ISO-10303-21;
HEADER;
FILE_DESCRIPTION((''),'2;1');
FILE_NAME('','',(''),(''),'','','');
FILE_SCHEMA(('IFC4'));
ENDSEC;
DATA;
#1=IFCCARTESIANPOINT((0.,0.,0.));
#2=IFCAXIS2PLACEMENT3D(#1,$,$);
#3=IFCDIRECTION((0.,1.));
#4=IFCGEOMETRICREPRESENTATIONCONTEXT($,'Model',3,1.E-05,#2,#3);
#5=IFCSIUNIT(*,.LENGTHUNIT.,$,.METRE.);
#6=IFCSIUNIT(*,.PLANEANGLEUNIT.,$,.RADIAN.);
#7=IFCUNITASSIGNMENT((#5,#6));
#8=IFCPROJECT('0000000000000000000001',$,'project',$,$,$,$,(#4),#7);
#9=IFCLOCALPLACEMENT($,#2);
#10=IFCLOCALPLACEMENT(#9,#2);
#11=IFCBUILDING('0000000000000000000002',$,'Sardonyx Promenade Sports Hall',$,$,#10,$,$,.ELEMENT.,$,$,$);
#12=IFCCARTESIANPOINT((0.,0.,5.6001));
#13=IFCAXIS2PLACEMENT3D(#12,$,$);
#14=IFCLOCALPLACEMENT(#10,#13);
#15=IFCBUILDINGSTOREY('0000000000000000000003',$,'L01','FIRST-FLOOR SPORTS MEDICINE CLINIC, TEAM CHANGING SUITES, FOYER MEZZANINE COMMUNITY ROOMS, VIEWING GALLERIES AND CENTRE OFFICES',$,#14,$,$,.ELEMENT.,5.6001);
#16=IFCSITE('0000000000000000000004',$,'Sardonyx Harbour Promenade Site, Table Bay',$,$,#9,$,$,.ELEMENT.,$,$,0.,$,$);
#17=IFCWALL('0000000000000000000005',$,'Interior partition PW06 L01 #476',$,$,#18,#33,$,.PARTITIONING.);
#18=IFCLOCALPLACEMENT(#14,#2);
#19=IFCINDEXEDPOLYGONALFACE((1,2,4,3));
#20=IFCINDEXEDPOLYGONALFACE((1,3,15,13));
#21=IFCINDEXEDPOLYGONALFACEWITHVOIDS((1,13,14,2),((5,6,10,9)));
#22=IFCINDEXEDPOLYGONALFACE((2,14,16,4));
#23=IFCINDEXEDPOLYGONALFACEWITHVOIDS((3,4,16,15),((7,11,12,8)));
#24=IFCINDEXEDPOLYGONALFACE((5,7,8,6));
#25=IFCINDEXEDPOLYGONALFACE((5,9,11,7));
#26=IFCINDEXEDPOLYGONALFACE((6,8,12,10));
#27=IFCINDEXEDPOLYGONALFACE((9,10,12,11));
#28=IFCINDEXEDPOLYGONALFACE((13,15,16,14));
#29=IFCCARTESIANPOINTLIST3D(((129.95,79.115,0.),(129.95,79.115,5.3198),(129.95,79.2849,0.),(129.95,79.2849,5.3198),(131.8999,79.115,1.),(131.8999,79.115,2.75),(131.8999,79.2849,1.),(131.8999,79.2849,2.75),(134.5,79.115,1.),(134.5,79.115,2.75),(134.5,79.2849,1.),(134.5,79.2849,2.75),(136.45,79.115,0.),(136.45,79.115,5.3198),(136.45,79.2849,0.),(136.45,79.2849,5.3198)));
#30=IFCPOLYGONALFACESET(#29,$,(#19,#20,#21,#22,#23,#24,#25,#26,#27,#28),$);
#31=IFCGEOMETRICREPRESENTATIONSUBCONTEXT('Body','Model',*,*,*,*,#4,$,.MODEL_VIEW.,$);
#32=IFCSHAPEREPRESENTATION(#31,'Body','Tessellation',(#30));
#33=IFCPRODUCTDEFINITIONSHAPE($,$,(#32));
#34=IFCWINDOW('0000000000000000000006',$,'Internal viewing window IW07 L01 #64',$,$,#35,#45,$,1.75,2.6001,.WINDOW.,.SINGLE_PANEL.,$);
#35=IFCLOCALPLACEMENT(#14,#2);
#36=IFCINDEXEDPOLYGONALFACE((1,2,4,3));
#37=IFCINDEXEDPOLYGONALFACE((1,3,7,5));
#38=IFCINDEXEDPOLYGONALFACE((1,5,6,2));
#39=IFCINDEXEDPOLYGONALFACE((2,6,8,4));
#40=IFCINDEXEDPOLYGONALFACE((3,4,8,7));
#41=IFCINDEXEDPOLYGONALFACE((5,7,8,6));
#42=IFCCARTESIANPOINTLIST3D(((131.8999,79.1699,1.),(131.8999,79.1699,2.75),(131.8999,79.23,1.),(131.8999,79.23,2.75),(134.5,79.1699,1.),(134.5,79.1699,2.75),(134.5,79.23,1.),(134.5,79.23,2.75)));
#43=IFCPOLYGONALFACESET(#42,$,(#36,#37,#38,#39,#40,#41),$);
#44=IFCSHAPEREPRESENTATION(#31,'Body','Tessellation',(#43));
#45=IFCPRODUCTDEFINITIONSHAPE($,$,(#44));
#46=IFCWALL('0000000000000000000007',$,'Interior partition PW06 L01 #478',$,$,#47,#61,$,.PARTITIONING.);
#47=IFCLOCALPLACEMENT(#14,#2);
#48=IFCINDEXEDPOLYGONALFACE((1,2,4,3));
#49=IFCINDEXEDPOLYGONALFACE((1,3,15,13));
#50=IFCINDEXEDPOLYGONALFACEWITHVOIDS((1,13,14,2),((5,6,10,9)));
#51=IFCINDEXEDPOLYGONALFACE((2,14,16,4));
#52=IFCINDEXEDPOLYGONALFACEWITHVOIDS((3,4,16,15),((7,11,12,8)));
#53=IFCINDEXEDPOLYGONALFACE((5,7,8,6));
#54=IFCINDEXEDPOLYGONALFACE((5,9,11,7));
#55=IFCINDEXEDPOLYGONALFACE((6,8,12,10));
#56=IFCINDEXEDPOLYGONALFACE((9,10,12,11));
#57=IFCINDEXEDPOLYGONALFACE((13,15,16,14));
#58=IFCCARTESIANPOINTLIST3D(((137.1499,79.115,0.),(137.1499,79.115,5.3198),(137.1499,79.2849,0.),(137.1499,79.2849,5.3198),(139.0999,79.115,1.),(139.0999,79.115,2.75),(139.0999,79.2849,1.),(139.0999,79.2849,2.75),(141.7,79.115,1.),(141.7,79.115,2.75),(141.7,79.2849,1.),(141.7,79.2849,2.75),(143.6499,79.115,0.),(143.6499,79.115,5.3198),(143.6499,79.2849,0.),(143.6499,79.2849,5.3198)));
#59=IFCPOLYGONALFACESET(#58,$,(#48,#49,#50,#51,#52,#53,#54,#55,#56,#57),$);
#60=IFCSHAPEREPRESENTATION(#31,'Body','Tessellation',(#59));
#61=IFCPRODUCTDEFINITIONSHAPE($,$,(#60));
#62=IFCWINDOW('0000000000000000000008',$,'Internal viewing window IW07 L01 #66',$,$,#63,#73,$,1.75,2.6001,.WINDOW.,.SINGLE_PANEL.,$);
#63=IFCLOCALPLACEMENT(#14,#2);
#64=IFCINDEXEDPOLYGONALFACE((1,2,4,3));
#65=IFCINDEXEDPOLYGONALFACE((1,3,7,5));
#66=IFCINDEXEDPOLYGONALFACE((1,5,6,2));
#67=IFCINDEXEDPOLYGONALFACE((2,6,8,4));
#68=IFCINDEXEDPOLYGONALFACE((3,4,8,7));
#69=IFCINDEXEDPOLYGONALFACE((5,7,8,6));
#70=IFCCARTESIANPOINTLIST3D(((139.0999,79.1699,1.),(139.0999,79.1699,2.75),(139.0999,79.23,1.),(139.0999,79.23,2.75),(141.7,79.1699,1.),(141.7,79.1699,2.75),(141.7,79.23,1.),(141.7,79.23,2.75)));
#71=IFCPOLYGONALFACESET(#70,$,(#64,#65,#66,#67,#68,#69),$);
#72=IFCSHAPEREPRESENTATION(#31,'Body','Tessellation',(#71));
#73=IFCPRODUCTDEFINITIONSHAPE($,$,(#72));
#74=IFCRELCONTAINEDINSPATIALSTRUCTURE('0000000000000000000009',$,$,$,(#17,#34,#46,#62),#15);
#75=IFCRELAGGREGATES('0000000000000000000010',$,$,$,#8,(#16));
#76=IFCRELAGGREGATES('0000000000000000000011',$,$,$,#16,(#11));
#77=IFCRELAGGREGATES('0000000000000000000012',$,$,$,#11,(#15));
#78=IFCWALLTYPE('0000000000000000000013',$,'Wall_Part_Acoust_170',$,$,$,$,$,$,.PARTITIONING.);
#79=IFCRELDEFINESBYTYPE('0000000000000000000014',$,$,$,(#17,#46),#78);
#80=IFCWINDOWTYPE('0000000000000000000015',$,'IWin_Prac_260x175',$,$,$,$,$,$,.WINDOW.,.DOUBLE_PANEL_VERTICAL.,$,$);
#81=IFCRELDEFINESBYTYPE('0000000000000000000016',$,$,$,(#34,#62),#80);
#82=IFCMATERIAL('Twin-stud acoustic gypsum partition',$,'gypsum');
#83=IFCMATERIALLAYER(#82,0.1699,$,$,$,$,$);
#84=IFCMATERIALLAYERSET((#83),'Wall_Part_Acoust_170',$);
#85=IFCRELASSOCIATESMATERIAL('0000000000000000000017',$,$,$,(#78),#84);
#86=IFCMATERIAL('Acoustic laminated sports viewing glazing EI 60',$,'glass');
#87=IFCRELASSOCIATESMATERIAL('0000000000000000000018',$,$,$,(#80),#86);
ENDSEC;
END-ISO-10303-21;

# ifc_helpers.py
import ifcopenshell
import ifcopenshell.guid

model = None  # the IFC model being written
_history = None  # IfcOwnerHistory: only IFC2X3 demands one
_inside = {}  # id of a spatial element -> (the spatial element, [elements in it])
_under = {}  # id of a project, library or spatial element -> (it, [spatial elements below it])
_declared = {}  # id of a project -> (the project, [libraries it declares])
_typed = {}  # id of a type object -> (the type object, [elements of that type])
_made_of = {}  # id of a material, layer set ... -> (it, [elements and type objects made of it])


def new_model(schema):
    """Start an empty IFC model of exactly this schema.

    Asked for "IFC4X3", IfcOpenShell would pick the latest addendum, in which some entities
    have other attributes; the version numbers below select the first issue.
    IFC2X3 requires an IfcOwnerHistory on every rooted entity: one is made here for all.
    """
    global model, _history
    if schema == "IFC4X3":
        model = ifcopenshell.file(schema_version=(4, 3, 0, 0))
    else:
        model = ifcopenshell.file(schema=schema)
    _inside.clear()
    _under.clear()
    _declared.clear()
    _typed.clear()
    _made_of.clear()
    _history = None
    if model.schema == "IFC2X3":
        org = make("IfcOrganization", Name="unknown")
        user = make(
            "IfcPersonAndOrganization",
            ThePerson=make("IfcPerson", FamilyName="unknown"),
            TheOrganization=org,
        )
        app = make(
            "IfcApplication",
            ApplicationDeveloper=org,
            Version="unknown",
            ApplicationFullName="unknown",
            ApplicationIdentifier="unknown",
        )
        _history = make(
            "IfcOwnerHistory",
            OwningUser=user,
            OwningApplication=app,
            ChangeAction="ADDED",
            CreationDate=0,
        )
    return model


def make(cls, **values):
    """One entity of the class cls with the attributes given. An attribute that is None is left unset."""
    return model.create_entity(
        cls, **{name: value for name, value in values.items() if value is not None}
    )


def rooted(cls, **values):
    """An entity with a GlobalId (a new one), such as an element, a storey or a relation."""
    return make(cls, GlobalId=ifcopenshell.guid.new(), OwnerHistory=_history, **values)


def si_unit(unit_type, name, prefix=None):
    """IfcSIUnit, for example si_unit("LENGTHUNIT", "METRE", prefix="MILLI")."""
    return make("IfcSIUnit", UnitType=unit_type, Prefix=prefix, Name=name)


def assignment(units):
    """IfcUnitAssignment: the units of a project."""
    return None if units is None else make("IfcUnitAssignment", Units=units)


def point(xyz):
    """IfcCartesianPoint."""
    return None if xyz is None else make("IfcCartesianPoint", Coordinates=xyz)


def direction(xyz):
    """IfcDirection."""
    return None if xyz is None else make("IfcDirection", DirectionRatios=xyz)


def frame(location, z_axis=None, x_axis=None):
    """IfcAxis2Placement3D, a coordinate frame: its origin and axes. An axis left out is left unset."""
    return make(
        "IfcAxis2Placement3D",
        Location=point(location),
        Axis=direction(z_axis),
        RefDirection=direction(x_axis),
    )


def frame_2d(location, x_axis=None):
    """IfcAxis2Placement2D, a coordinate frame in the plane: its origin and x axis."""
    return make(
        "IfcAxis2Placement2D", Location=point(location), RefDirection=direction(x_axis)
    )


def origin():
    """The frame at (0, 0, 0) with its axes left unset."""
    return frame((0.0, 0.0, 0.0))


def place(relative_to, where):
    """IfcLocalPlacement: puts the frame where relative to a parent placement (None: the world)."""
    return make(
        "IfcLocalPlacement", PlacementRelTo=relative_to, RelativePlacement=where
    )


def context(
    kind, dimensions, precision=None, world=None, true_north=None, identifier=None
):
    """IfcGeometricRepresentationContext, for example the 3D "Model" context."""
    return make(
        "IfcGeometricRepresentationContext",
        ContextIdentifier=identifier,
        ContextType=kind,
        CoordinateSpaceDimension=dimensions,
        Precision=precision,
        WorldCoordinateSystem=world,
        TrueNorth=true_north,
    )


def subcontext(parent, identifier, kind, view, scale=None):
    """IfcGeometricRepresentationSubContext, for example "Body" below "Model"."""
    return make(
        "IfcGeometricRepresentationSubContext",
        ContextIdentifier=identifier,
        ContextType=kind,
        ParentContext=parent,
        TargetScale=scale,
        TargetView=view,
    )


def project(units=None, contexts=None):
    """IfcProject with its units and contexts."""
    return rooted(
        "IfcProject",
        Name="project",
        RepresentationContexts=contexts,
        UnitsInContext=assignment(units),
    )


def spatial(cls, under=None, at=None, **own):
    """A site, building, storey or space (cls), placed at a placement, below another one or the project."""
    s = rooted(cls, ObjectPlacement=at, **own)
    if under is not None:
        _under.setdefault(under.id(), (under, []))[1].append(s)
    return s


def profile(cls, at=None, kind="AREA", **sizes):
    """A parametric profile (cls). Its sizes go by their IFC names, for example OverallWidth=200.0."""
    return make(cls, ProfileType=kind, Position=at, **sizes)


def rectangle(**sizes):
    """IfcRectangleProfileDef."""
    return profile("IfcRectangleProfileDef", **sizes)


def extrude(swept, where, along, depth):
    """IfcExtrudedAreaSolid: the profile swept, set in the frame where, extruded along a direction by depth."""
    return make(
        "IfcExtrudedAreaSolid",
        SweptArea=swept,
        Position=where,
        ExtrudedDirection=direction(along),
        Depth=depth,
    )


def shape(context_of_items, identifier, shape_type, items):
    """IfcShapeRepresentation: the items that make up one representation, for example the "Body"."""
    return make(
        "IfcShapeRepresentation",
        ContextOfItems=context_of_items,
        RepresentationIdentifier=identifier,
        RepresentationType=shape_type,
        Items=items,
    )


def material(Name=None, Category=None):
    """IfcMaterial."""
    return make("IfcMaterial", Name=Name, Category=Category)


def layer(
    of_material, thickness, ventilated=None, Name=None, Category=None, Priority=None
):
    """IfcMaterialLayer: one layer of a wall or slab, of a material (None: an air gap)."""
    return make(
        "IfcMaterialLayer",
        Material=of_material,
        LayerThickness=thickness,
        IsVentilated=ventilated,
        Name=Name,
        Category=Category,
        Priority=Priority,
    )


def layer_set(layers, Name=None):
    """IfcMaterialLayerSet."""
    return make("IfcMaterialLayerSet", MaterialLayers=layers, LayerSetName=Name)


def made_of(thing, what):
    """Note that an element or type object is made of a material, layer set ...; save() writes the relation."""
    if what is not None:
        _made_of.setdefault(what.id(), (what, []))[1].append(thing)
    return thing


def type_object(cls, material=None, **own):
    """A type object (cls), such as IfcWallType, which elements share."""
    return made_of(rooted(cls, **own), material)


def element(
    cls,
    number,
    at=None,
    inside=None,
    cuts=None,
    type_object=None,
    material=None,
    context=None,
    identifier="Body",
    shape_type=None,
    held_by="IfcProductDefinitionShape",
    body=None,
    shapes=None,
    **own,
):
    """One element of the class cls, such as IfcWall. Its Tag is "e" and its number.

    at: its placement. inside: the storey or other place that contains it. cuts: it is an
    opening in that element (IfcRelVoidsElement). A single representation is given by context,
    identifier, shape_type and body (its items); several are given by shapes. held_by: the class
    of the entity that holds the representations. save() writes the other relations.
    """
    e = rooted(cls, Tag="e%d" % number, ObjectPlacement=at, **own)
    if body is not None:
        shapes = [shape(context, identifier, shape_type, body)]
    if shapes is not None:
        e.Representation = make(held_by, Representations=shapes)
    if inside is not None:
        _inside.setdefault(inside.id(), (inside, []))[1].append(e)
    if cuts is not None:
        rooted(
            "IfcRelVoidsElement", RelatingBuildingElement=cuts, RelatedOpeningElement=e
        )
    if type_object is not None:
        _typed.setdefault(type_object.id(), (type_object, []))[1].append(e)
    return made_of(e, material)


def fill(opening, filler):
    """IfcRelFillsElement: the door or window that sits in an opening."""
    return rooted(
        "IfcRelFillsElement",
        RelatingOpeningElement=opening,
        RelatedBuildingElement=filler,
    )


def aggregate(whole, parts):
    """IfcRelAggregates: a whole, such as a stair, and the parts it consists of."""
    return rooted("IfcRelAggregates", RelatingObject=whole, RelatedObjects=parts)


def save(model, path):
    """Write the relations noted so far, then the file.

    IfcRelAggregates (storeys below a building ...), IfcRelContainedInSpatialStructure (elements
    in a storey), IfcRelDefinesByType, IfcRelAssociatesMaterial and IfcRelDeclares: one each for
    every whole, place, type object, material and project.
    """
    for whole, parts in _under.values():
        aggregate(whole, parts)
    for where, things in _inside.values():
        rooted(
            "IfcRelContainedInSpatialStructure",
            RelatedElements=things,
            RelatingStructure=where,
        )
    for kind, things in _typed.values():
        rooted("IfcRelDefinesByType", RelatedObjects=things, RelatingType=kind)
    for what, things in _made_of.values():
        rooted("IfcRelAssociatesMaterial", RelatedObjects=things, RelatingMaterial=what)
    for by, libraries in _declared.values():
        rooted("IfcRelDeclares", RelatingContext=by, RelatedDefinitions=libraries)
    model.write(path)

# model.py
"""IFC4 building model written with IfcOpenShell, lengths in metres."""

from ifc_helpers import new_model, si_unit, direction, frame, frame_2d, origin, place, context, subcontext, project, spatial, rectangle, extrude, material, layer, layer_set, type_object, element, fill, save


model = new_model("IFC4")

# Units and contexts
model_context = context("Model", 3, precision=1e-05, world=origin(), true_north=direction((0.0, 1.0)))
body_context = subcontext(model_context, "Body", "Model", "MODEL_VIEW")
ifc_project = project(units=[si_unit("LENGTHUNIT", "METRE"), si_unit("PLANEANGLEUNIT", "RADIAN")], contexts=[model_context])

# Site, building, storey
site_placement = place(None, origin())
site = spatial("IfcSite", under=ifc_project, at=site_placement, Name="Sardonyx Harbour Promenade Site, Table Bay", CompositionType="ELEMENT", RefElevation=0.0)
building_placement = place(site_placement, origin())
building = spatial("IfcBuilding", under=site, at=building_placement, Name="Sardonyx Promenade Sports Hall", CompositionType="ELEMENT")
storey_placement = place(building_placement, frame((0.0, 0.0, 5.6001)))
storey = spatial("IfcBuildingStorey", under=building, at=storey_placement, Name="L01", Description="FIRST-FLOOR SPORTS MEDICINE CLINIC, TEAM CHANGING SUITES, FOYER MEZZANINE COMMUNITY ROOMS, VIEWING GALLERIES AND CENTRE OFFICES", CompositionType="ELEMENT", Elevation=5.6001)

# Walls, openings, windows
ifc_material_1 = material(Name="Twin-stud acoustic gypsum partition", Category="gypsum")
ifc_layer_1 = layer(ifc_material_1, 0.1699)
ifc_layer_set_1 = layer_set([ifc_layer_1], Name="Wall_Part_Acoust_170")
wall_type_1 = type_object("IfcWallType", Name="Wall_Part_Acoust_170", PredefinedType="PARTITIONING", material=ifc_layer_set_1)
wall_1_placement = place(storey_placement, frame((129.95, 79.2, 0.0), z_axis=(0.0, 0.0, 1.0), x_axis=(1.0, 0.0, 0.0)))
wall_1 = element("IfcWall", 1, at=wall_1_placement, inside=storey, type_object=wall_type_1, Name="Interior partition PW06 L01 #476", PredefinedType="PARTITIONING", context=body_context, shape_type="SweptSolid", body=[
    extrude(rectangle(XDim=6.5, YDim=0.1699, at=frame_2d((3.25, 0.0))), origin(), (0.0, 0.0, 1.0), 5.3198),
])
opening_1_placement = place(wall_1_placement, frame((1.95, 0.0, 1.0)))
opening_1 = element("IfcOpeningElement", 2, at=opening_1_placement, cuts=wall_1, PredefinedType="OPENING", context=body_context, shape_type="SweptSolid", body=[
    extrude(rectangle(XDim=2.6001, YDim=1.75, at=frame_2d((1.3, 0.875))), frame((0.0, 0.095, 0.0), z_axis=(0.0, -1.0, 0.0), x_axis=(1.0, 0.0, 0.0)), (0.0, 0.0, 1.0), 0.19),
])
ifc_material_2 = material(Name="Acoustic laminated sports viewing glazing EI 60", Category="glass")
window_type_1 = type_object("IfcWindowType", Name="IWin_Prac_260x175", PartitioningType="DOUBLE_PANEL_VERTICAL", PredefinedType="WINDOW", material=ifc_material_2)
window_1_placement = place(opening_1_placement, origin())
window_1 = element("IfcWindow", 3, at=window_1_placement, inside=storey, type_object=window_type_1, Name="Internal viewing window IW07 L01 #64", OverallHeight=1.75, OverallWidth=2.6001, PartitioningType="SINGLE_PANEL", PredefinedType="WINDOW", context=body_context, shape_type="SweptSolid", body=[
    extrude(rectangle(XDim=2.6001, YDim=1.75, at=frame_2d((1.3, 0.875))), frame((0.0, 0.03, 0.0), z_axis=(0.0, -1.0, 0.0), x_axis=(1.0, 0.0, 0.0)), (0.0, 0.0, 1.0), 0.0601),
])
fill(opening_1, window_1)
wall_2_placement = place(storey_placement, frame((137.1499, 79.2, 0.0), z_axis=(0.0, 0.0, 1.0), x_axis=(1.0, 0.0, 0.0)))
wall_2 = element("IfcWall", 4, at=wall_2_placement, inside=storey, type_object=wall_type_1, Name="Interior partition PW06 L01 #478", PredefinedType="PARTITIONING", context=body_context, shape_type="SweptSolid", body=[
    extrude(rectangle(XDim=6.5, YDim=0.1699, at=frame_2d((3.25, 0.0))), origin(), (0.0, 0.0, 1.0), 5.3198),
])
opening_2_placement = place(wall_2_placement, frame((1.95, 0.0, 1.0)))
opening_2 = element("IfcOpeningElement", 5, at=opening_2_placement, cuts=wall_2, PredefinedType="OPENING", context=body_context, shape_type="SweptSolid", body=[
    extrude(rectangle(XDim=2.6001, YDim=1.75, at=frame_2d((1.3, 0.875))), frame((0.0, 0.095, 0.0), z_axis=(0.0, -1.0, 0.0), x_axis=(1.0, 0.0, 0.0)), (0.0, 0.0, 1.0), 0.19),
])
window_2_placement = place(opening_2_placement, origin())
window_2 = element("IfcWindow", 6, at=window_2_placement, inside=storey, type_object=window_type_1, Name="Internal viewing window IW07 L01 #66", OverallHeight=1.75, OverallWidth=2.6001, PartitioningType="SINGLE_PANEL", PredefinedType="WINDOW", context=body_context, shape_type="SweptSolid", body=[
    extrude(rectangle(XDim=2.6001, YDim=1.75, at=frame_2d((1.3, 0.875))), frame((0.0, 0.03, 0.0), z_axis=(0.0, -1.0, 0.0), x_axis=(1.0, 0.0, 0.0)), (0.0, 0.0, 1.0), 0.0601),
])
fill(opening_2, window_2)

save(model, "model.ifc")
